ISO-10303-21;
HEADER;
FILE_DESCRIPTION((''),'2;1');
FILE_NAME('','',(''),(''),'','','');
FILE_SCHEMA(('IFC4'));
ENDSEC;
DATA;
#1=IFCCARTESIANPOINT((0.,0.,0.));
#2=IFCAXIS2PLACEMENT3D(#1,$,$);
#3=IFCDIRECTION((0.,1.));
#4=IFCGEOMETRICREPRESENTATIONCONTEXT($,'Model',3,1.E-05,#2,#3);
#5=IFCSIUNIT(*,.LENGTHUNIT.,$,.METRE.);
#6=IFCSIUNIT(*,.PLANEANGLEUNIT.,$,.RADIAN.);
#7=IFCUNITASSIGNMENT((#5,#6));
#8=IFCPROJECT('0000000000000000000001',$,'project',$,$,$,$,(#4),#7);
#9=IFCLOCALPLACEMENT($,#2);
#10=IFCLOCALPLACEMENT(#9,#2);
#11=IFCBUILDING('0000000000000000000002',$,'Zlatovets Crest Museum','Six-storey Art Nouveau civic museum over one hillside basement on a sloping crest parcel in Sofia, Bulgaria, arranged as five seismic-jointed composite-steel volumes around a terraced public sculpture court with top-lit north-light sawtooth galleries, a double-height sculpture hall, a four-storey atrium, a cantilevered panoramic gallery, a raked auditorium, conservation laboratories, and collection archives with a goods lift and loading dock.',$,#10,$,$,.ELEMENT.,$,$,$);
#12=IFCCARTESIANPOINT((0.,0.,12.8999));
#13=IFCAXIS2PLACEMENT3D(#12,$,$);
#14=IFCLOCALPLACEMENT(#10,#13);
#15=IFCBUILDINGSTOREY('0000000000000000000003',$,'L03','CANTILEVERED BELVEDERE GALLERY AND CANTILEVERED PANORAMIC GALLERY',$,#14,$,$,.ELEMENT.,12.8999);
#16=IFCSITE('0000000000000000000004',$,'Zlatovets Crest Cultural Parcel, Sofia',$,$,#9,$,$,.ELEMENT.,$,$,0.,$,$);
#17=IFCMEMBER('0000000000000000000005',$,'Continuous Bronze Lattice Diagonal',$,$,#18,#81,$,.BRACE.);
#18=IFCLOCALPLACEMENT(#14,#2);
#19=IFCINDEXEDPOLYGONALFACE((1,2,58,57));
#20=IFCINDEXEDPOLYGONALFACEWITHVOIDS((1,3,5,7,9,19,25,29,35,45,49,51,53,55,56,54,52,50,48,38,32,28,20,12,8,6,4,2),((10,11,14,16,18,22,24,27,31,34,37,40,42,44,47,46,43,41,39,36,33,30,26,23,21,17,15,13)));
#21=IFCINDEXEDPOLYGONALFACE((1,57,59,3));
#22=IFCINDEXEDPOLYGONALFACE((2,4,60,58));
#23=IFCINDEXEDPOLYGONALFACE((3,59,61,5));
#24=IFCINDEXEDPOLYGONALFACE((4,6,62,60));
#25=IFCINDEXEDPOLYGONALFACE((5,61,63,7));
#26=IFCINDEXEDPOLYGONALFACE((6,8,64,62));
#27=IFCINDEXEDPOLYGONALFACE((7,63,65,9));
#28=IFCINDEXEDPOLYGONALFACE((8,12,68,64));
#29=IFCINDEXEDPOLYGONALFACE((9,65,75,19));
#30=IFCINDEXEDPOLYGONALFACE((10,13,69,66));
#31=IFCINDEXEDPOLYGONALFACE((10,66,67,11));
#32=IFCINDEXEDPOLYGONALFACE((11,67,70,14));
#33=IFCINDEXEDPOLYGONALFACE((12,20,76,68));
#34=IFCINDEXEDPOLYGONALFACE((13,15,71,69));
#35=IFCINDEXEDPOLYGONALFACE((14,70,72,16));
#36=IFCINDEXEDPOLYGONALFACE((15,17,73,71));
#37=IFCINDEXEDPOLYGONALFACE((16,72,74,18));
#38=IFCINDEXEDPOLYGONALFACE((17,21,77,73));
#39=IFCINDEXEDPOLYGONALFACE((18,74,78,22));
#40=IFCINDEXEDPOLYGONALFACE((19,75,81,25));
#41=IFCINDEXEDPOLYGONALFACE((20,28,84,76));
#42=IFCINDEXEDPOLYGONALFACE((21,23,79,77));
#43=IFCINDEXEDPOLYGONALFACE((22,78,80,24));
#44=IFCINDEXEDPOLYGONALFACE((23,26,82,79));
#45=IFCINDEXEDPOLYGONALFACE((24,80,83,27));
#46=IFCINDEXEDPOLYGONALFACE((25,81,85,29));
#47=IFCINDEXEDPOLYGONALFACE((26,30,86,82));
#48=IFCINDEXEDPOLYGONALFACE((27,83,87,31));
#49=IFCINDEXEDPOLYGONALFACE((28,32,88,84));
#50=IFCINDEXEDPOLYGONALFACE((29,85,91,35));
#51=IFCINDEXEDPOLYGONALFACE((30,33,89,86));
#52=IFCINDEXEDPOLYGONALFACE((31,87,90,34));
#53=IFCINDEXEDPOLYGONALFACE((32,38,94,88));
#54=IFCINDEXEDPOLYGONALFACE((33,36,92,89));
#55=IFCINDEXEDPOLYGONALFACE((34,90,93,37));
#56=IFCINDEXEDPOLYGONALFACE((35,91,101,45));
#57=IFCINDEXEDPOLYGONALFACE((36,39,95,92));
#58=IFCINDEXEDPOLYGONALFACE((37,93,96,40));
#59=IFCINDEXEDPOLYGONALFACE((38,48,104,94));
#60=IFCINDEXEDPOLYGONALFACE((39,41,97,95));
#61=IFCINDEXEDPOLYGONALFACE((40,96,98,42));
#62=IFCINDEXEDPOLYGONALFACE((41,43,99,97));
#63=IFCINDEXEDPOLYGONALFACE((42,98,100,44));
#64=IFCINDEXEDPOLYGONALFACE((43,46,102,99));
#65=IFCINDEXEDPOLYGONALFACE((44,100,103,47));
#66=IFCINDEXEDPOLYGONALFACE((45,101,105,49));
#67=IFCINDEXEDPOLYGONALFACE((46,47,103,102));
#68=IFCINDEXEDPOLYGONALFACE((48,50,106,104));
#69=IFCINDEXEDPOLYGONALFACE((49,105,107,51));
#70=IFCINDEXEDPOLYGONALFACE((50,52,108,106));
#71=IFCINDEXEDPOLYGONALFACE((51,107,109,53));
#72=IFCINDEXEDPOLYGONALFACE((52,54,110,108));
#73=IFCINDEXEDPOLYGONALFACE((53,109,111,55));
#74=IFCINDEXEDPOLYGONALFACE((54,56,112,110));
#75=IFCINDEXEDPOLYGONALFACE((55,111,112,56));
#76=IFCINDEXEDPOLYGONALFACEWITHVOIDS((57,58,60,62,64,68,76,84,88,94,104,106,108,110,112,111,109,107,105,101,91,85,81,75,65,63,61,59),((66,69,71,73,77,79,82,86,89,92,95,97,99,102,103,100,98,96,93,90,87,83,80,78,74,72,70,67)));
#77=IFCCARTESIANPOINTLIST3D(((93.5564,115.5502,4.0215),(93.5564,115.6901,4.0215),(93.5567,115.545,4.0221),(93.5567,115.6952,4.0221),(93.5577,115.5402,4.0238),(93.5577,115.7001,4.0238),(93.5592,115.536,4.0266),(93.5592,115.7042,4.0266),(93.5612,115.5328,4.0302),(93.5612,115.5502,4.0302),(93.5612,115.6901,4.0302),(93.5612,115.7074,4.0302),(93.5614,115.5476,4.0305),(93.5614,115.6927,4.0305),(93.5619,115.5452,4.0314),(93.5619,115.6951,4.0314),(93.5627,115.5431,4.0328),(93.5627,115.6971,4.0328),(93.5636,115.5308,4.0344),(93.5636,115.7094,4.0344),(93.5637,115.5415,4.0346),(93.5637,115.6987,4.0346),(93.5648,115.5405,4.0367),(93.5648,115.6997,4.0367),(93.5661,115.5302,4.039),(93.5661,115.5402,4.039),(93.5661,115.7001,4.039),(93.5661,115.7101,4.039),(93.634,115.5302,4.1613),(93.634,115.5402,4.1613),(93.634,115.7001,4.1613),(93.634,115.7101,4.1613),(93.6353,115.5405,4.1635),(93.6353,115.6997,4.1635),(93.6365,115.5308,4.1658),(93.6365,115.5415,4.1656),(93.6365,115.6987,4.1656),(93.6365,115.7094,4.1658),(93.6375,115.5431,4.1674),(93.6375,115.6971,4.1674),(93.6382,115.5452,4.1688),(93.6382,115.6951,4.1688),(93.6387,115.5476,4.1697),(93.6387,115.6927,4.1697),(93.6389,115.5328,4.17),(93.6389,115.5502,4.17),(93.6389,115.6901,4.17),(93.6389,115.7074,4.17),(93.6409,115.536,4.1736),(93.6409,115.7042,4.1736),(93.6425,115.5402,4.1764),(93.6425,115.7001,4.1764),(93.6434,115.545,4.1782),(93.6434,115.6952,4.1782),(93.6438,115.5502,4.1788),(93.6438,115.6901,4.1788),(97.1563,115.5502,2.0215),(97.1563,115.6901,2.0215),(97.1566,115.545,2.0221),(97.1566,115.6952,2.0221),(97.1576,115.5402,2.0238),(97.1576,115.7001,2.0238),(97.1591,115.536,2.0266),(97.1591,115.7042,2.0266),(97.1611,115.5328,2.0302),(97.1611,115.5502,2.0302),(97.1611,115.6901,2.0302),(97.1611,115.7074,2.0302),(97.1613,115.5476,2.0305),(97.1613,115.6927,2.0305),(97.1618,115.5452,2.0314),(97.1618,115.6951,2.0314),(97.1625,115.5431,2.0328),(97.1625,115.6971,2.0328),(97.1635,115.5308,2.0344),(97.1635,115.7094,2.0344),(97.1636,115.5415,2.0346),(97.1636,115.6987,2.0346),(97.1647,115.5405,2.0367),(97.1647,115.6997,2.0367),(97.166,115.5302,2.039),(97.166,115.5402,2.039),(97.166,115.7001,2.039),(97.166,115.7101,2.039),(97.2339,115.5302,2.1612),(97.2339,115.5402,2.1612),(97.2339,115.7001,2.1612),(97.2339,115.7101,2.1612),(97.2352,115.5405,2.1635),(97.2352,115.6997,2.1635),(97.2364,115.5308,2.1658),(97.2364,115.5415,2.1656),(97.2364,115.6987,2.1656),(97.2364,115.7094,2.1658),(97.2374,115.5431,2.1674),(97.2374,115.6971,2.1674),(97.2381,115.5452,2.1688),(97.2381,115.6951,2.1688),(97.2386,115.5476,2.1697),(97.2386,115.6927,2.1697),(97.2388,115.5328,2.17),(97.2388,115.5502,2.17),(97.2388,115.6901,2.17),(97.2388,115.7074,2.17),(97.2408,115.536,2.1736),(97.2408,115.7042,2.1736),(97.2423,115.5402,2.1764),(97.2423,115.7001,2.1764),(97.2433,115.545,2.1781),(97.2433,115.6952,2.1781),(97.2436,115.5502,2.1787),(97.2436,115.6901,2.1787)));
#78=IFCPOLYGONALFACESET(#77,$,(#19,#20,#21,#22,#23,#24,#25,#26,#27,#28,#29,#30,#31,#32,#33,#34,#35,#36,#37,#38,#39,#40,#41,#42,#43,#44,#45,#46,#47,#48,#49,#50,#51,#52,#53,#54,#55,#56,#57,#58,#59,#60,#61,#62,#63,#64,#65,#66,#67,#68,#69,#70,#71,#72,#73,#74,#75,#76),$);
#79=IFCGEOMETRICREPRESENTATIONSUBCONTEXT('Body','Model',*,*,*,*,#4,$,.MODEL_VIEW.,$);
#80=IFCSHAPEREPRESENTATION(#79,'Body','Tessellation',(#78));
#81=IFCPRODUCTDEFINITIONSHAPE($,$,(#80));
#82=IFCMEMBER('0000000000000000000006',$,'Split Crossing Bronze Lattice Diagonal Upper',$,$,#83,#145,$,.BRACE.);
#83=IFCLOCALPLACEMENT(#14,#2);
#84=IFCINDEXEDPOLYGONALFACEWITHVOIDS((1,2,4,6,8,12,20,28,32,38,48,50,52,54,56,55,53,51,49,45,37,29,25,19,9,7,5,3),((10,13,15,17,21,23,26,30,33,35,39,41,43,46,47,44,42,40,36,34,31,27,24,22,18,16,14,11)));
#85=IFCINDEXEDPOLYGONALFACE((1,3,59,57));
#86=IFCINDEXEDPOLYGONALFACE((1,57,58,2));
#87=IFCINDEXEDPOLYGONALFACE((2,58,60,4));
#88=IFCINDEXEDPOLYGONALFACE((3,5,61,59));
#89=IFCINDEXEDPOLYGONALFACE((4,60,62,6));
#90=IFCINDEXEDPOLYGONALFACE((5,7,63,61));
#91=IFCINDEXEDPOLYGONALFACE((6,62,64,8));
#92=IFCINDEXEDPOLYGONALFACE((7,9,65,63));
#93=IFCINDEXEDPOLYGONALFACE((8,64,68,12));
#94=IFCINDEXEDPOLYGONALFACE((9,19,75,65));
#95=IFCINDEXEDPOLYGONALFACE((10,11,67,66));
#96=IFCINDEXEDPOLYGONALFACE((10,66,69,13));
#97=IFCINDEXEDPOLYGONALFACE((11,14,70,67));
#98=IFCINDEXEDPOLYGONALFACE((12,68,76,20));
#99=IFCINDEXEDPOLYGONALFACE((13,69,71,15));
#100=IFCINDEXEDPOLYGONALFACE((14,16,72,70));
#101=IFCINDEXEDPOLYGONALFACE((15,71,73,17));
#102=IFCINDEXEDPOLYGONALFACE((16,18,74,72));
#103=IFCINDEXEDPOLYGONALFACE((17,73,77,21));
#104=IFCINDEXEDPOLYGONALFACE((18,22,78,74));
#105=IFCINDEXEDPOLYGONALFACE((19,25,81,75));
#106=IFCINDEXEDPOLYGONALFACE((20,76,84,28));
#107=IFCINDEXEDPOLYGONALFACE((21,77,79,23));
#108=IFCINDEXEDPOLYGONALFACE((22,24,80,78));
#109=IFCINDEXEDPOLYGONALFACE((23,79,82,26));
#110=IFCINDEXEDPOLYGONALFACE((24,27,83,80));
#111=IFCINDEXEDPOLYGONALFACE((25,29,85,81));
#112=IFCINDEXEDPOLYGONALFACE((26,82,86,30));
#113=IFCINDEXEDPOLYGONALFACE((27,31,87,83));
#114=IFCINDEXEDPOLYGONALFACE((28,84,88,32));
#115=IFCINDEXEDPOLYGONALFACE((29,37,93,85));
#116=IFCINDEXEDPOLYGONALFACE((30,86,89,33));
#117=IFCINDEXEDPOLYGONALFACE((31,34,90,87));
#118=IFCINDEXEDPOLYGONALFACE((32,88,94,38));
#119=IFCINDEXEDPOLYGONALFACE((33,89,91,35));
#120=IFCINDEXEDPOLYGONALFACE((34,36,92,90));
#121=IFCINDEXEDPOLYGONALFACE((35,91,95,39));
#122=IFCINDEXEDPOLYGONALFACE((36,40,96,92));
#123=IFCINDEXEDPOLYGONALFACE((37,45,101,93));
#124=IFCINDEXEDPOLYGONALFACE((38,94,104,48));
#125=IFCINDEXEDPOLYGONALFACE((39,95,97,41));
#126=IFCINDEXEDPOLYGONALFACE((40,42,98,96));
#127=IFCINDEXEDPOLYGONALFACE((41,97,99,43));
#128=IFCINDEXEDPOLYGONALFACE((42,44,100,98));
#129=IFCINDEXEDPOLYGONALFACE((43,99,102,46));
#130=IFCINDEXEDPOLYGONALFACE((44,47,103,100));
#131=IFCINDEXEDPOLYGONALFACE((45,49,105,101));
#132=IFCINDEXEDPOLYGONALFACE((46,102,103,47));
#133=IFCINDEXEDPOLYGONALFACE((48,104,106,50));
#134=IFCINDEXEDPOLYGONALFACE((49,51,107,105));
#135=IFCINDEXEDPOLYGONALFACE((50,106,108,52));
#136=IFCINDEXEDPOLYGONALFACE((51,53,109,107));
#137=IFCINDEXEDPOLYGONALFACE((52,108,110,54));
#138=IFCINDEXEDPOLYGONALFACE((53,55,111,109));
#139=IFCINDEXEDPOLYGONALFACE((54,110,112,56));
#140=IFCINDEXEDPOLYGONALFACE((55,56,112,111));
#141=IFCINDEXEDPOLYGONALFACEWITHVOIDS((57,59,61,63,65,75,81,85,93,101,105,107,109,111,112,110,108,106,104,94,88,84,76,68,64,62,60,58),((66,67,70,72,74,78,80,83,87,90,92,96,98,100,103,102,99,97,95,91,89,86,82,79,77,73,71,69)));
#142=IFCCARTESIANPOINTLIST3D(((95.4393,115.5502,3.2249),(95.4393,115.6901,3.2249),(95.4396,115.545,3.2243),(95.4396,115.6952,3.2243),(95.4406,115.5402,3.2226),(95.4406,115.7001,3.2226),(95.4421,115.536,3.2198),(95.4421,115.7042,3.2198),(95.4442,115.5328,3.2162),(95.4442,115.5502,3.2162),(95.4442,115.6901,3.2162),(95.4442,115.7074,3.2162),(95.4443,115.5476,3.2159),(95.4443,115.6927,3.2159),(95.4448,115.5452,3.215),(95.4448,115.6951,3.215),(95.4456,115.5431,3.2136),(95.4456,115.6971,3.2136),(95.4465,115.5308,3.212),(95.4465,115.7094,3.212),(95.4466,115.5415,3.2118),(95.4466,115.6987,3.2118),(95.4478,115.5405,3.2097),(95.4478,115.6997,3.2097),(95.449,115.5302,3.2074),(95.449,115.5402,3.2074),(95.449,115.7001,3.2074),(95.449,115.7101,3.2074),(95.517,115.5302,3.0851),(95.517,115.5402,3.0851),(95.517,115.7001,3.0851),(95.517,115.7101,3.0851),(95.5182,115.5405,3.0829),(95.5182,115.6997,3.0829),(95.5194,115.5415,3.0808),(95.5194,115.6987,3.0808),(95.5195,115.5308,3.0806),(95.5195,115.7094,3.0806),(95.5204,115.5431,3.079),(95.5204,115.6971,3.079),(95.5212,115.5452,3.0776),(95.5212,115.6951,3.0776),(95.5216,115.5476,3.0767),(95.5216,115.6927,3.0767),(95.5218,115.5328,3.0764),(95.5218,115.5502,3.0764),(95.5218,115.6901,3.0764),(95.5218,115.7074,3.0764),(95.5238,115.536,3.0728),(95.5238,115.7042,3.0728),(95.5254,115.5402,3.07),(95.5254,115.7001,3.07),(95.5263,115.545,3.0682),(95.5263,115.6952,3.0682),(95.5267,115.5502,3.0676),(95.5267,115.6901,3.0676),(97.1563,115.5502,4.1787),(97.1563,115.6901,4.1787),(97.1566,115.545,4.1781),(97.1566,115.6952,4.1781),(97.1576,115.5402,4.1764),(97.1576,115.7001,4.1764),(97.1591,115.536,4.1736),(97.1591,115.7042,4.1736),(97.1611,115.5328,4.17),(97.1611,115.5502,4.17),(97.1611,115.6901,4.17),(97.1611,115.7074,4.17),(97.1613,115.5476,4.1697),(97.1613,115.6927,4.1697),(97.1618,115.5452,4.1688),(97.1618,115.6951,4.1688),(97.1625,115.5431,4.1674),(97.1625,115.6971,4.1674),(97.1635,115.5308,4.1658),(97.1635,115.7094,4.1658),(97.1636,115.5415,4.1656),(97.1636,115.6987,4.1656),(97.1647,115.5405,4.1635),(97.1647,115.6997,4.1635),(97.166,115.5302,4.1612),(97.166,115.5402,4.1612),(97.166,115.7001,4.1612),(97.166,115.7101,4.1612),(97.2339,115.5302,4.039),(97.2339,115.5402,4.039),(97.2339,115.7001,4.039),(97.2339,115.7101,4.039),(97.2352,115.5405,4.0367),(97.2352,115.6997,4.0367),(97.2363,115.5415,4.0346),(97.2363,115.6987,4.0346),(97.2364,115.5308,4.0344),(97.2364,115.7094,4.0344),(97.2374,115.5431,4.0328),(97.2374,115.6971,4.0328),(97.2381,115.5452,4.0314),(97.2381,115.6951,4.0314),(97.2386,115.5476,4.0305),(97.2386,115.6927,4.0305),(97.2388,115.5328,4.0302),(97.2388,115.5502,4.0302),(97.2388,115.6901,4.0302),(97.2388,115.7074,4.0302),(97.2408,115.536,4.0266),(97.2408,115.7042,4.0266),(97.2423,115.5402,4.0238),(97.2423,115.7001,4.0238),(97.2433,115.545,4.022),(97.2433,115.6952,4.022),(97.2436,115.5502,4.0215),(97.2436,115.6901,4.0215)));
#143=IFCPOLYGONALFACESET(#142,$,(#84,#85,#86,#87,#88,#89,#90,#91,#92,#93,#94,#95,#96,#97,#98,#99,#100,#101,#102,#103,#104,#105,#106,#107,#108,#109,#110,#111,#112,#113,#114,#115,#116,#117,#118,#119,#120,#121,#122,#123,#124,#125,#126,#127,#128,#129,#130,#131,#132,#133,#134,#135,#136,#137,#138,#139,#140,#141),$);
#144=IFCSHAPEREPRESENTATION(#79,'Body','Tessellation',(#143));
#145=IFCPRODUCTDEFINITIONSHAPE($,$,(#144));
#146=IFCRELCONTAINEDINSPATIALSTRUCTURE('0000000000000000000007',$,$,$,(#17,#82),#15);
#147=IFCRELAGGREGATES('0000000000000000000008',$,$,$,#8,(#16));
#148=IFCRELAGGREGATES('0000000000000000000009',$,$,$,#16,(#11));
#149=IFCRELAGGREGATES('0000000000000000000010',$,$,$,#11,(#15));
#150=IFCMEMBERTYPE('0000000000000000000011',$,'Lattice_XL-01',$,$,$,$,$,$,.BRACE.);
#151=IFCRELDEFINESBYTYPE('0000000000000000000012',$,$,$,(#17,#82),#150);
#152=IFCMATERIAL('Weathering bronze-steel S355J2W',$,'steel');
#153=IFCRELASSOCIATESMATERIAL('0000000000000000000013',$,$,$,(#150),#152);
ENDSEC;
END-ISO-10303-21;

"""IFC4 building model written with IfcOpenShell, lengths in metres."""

from ifc_helpers import new_model, si_unit, direction, frame, origin, origin_2d, place, context, subcontext, project, spatial, hollow_rectangle, extrude, material, material_profile, profile_set, type_object, element, save


model = new_model("IFC4")

# Units and contexts
model_context = context("Model", 3, precision=1e-05, world=origin(), true_north=direction((0.0, 1.0)))
body_context = subcontext(model_context, "Body", "Model", "MODEL_VIEW")
ifc_project = project(units=[si_unit("LENGTHUNIT", "METRE"), si_unit("PLANEANGLEUNIT", "RADIAN")], contexts=[model_context])

# Site, building, storey
site_placement = place(None, origin())
site = spatial("IfcSite", under=ifc_project, at=site_placement, Name="Zlatovets Crest Cultural Parcel, Sofia", CompositionType="ELEMENT", RefElevation=0.0)
building_placement = place(site_placement, origin())
building = spatial("IfcBuilding", under=site, at=building_placement, Name="Zlatovets Crest Museum", Description="Six-storey Art Nouveau civic museum over one hillside basement on a sloping crest parcel in Sofia, Bulgaria, arranged as five seismic-jointed composite-steel volumes around a terraced public sculpture court with top-lit north-light sawtooth galleries, a double-height sculpture hall, a four-storey atrium, a cantilevered panoramic gallery, a raked auditorium, conservation laboratories, and collection archives with a goods lift and loading dock.", CompositionType="ELEMENT")
storey_placement = place(building_placement, frame((0.0, 0.0, 12.8999)))
storey = spatial("IfcBuildingStorey", under=building, at=storey_placement, Name="L03", Description="CANTILEVERED BELVEDERE GALLERY AND CANTILEVERED PANORAMIC GALLERY", CompositionType="ELEMENT", Elevation=12.8999)

# Members
ifc_material_1 = material(Name="Weathering bronze-steel S355J2W", Category="steel")
ifc_material_profile_1 = material_profile(ifc_material_1, hollow_rectangle(XDim=0.1799, YDim=0.1799, WallThickness=0.01, InnerFilletRadius=0.01, OuterFilletRadius=0.02, at=origin_2d()), Name="SHS 180x180x10.0")
ifc_profile_set_1 = profile_set([ifc_material_profile_1], Name="Weathering bronze-steel S355J2W")
member_type_1 = type_object("IfcMemberType", Name="Lattice_XL-01", PredefinedType="BRACE", material=ifc_profile_set_1)
member_1_placement = place(storey_placement, frame((97.2, 115.6201, 2.1001), z_axis=(-0.874149, 0.0, 0.485658), x_axis=(0.0, -1.0, 0.0)))
element("IfcMember", 1, at=member_1_placement, inside=storey, type_object=member_type_1, Name="Continuous Bronze Lattice Diagonal", PredefinedType="BRACE", context=body_context, shape_type="SweptSolid", body=[
    extrude(hollow_rectangle(XDim=0.1799, YDim=0.1799, WallThickness=0.01, InnerFilletRadius=0.01, OuterFilletRadius=0.02, at=origin_2d()), origin(), (0.0, 0.0, 1.0), 4.1182),
])
member_2_placement = place(storey_placement, frame((97.2, 115.6201, 4.1001), z_axis=(-0.874169, 0.0, -0.485622), x_axis=(0.0, -1.0, 0.0)))
element("IfcMember", 2, at=member_2_placement, inside=storey, type_object=member_type_1, Name="Split Crossing Bronze Lattice Diagonal Upper", PredefinedType="BRACE", context=body_context, shape_type="SweptSolid", body=[
    extrude(hollow_rectangle(XDim=0.1799, YDim=0.1799, WallThickness=0.01, InnerFilletRadius=0.01, OuterFilletRadius=0.02, at=origin_2d()), origin(), (0.0, 0.0, 1.0), 1.9641),
])

save(model, "model.ifc")
